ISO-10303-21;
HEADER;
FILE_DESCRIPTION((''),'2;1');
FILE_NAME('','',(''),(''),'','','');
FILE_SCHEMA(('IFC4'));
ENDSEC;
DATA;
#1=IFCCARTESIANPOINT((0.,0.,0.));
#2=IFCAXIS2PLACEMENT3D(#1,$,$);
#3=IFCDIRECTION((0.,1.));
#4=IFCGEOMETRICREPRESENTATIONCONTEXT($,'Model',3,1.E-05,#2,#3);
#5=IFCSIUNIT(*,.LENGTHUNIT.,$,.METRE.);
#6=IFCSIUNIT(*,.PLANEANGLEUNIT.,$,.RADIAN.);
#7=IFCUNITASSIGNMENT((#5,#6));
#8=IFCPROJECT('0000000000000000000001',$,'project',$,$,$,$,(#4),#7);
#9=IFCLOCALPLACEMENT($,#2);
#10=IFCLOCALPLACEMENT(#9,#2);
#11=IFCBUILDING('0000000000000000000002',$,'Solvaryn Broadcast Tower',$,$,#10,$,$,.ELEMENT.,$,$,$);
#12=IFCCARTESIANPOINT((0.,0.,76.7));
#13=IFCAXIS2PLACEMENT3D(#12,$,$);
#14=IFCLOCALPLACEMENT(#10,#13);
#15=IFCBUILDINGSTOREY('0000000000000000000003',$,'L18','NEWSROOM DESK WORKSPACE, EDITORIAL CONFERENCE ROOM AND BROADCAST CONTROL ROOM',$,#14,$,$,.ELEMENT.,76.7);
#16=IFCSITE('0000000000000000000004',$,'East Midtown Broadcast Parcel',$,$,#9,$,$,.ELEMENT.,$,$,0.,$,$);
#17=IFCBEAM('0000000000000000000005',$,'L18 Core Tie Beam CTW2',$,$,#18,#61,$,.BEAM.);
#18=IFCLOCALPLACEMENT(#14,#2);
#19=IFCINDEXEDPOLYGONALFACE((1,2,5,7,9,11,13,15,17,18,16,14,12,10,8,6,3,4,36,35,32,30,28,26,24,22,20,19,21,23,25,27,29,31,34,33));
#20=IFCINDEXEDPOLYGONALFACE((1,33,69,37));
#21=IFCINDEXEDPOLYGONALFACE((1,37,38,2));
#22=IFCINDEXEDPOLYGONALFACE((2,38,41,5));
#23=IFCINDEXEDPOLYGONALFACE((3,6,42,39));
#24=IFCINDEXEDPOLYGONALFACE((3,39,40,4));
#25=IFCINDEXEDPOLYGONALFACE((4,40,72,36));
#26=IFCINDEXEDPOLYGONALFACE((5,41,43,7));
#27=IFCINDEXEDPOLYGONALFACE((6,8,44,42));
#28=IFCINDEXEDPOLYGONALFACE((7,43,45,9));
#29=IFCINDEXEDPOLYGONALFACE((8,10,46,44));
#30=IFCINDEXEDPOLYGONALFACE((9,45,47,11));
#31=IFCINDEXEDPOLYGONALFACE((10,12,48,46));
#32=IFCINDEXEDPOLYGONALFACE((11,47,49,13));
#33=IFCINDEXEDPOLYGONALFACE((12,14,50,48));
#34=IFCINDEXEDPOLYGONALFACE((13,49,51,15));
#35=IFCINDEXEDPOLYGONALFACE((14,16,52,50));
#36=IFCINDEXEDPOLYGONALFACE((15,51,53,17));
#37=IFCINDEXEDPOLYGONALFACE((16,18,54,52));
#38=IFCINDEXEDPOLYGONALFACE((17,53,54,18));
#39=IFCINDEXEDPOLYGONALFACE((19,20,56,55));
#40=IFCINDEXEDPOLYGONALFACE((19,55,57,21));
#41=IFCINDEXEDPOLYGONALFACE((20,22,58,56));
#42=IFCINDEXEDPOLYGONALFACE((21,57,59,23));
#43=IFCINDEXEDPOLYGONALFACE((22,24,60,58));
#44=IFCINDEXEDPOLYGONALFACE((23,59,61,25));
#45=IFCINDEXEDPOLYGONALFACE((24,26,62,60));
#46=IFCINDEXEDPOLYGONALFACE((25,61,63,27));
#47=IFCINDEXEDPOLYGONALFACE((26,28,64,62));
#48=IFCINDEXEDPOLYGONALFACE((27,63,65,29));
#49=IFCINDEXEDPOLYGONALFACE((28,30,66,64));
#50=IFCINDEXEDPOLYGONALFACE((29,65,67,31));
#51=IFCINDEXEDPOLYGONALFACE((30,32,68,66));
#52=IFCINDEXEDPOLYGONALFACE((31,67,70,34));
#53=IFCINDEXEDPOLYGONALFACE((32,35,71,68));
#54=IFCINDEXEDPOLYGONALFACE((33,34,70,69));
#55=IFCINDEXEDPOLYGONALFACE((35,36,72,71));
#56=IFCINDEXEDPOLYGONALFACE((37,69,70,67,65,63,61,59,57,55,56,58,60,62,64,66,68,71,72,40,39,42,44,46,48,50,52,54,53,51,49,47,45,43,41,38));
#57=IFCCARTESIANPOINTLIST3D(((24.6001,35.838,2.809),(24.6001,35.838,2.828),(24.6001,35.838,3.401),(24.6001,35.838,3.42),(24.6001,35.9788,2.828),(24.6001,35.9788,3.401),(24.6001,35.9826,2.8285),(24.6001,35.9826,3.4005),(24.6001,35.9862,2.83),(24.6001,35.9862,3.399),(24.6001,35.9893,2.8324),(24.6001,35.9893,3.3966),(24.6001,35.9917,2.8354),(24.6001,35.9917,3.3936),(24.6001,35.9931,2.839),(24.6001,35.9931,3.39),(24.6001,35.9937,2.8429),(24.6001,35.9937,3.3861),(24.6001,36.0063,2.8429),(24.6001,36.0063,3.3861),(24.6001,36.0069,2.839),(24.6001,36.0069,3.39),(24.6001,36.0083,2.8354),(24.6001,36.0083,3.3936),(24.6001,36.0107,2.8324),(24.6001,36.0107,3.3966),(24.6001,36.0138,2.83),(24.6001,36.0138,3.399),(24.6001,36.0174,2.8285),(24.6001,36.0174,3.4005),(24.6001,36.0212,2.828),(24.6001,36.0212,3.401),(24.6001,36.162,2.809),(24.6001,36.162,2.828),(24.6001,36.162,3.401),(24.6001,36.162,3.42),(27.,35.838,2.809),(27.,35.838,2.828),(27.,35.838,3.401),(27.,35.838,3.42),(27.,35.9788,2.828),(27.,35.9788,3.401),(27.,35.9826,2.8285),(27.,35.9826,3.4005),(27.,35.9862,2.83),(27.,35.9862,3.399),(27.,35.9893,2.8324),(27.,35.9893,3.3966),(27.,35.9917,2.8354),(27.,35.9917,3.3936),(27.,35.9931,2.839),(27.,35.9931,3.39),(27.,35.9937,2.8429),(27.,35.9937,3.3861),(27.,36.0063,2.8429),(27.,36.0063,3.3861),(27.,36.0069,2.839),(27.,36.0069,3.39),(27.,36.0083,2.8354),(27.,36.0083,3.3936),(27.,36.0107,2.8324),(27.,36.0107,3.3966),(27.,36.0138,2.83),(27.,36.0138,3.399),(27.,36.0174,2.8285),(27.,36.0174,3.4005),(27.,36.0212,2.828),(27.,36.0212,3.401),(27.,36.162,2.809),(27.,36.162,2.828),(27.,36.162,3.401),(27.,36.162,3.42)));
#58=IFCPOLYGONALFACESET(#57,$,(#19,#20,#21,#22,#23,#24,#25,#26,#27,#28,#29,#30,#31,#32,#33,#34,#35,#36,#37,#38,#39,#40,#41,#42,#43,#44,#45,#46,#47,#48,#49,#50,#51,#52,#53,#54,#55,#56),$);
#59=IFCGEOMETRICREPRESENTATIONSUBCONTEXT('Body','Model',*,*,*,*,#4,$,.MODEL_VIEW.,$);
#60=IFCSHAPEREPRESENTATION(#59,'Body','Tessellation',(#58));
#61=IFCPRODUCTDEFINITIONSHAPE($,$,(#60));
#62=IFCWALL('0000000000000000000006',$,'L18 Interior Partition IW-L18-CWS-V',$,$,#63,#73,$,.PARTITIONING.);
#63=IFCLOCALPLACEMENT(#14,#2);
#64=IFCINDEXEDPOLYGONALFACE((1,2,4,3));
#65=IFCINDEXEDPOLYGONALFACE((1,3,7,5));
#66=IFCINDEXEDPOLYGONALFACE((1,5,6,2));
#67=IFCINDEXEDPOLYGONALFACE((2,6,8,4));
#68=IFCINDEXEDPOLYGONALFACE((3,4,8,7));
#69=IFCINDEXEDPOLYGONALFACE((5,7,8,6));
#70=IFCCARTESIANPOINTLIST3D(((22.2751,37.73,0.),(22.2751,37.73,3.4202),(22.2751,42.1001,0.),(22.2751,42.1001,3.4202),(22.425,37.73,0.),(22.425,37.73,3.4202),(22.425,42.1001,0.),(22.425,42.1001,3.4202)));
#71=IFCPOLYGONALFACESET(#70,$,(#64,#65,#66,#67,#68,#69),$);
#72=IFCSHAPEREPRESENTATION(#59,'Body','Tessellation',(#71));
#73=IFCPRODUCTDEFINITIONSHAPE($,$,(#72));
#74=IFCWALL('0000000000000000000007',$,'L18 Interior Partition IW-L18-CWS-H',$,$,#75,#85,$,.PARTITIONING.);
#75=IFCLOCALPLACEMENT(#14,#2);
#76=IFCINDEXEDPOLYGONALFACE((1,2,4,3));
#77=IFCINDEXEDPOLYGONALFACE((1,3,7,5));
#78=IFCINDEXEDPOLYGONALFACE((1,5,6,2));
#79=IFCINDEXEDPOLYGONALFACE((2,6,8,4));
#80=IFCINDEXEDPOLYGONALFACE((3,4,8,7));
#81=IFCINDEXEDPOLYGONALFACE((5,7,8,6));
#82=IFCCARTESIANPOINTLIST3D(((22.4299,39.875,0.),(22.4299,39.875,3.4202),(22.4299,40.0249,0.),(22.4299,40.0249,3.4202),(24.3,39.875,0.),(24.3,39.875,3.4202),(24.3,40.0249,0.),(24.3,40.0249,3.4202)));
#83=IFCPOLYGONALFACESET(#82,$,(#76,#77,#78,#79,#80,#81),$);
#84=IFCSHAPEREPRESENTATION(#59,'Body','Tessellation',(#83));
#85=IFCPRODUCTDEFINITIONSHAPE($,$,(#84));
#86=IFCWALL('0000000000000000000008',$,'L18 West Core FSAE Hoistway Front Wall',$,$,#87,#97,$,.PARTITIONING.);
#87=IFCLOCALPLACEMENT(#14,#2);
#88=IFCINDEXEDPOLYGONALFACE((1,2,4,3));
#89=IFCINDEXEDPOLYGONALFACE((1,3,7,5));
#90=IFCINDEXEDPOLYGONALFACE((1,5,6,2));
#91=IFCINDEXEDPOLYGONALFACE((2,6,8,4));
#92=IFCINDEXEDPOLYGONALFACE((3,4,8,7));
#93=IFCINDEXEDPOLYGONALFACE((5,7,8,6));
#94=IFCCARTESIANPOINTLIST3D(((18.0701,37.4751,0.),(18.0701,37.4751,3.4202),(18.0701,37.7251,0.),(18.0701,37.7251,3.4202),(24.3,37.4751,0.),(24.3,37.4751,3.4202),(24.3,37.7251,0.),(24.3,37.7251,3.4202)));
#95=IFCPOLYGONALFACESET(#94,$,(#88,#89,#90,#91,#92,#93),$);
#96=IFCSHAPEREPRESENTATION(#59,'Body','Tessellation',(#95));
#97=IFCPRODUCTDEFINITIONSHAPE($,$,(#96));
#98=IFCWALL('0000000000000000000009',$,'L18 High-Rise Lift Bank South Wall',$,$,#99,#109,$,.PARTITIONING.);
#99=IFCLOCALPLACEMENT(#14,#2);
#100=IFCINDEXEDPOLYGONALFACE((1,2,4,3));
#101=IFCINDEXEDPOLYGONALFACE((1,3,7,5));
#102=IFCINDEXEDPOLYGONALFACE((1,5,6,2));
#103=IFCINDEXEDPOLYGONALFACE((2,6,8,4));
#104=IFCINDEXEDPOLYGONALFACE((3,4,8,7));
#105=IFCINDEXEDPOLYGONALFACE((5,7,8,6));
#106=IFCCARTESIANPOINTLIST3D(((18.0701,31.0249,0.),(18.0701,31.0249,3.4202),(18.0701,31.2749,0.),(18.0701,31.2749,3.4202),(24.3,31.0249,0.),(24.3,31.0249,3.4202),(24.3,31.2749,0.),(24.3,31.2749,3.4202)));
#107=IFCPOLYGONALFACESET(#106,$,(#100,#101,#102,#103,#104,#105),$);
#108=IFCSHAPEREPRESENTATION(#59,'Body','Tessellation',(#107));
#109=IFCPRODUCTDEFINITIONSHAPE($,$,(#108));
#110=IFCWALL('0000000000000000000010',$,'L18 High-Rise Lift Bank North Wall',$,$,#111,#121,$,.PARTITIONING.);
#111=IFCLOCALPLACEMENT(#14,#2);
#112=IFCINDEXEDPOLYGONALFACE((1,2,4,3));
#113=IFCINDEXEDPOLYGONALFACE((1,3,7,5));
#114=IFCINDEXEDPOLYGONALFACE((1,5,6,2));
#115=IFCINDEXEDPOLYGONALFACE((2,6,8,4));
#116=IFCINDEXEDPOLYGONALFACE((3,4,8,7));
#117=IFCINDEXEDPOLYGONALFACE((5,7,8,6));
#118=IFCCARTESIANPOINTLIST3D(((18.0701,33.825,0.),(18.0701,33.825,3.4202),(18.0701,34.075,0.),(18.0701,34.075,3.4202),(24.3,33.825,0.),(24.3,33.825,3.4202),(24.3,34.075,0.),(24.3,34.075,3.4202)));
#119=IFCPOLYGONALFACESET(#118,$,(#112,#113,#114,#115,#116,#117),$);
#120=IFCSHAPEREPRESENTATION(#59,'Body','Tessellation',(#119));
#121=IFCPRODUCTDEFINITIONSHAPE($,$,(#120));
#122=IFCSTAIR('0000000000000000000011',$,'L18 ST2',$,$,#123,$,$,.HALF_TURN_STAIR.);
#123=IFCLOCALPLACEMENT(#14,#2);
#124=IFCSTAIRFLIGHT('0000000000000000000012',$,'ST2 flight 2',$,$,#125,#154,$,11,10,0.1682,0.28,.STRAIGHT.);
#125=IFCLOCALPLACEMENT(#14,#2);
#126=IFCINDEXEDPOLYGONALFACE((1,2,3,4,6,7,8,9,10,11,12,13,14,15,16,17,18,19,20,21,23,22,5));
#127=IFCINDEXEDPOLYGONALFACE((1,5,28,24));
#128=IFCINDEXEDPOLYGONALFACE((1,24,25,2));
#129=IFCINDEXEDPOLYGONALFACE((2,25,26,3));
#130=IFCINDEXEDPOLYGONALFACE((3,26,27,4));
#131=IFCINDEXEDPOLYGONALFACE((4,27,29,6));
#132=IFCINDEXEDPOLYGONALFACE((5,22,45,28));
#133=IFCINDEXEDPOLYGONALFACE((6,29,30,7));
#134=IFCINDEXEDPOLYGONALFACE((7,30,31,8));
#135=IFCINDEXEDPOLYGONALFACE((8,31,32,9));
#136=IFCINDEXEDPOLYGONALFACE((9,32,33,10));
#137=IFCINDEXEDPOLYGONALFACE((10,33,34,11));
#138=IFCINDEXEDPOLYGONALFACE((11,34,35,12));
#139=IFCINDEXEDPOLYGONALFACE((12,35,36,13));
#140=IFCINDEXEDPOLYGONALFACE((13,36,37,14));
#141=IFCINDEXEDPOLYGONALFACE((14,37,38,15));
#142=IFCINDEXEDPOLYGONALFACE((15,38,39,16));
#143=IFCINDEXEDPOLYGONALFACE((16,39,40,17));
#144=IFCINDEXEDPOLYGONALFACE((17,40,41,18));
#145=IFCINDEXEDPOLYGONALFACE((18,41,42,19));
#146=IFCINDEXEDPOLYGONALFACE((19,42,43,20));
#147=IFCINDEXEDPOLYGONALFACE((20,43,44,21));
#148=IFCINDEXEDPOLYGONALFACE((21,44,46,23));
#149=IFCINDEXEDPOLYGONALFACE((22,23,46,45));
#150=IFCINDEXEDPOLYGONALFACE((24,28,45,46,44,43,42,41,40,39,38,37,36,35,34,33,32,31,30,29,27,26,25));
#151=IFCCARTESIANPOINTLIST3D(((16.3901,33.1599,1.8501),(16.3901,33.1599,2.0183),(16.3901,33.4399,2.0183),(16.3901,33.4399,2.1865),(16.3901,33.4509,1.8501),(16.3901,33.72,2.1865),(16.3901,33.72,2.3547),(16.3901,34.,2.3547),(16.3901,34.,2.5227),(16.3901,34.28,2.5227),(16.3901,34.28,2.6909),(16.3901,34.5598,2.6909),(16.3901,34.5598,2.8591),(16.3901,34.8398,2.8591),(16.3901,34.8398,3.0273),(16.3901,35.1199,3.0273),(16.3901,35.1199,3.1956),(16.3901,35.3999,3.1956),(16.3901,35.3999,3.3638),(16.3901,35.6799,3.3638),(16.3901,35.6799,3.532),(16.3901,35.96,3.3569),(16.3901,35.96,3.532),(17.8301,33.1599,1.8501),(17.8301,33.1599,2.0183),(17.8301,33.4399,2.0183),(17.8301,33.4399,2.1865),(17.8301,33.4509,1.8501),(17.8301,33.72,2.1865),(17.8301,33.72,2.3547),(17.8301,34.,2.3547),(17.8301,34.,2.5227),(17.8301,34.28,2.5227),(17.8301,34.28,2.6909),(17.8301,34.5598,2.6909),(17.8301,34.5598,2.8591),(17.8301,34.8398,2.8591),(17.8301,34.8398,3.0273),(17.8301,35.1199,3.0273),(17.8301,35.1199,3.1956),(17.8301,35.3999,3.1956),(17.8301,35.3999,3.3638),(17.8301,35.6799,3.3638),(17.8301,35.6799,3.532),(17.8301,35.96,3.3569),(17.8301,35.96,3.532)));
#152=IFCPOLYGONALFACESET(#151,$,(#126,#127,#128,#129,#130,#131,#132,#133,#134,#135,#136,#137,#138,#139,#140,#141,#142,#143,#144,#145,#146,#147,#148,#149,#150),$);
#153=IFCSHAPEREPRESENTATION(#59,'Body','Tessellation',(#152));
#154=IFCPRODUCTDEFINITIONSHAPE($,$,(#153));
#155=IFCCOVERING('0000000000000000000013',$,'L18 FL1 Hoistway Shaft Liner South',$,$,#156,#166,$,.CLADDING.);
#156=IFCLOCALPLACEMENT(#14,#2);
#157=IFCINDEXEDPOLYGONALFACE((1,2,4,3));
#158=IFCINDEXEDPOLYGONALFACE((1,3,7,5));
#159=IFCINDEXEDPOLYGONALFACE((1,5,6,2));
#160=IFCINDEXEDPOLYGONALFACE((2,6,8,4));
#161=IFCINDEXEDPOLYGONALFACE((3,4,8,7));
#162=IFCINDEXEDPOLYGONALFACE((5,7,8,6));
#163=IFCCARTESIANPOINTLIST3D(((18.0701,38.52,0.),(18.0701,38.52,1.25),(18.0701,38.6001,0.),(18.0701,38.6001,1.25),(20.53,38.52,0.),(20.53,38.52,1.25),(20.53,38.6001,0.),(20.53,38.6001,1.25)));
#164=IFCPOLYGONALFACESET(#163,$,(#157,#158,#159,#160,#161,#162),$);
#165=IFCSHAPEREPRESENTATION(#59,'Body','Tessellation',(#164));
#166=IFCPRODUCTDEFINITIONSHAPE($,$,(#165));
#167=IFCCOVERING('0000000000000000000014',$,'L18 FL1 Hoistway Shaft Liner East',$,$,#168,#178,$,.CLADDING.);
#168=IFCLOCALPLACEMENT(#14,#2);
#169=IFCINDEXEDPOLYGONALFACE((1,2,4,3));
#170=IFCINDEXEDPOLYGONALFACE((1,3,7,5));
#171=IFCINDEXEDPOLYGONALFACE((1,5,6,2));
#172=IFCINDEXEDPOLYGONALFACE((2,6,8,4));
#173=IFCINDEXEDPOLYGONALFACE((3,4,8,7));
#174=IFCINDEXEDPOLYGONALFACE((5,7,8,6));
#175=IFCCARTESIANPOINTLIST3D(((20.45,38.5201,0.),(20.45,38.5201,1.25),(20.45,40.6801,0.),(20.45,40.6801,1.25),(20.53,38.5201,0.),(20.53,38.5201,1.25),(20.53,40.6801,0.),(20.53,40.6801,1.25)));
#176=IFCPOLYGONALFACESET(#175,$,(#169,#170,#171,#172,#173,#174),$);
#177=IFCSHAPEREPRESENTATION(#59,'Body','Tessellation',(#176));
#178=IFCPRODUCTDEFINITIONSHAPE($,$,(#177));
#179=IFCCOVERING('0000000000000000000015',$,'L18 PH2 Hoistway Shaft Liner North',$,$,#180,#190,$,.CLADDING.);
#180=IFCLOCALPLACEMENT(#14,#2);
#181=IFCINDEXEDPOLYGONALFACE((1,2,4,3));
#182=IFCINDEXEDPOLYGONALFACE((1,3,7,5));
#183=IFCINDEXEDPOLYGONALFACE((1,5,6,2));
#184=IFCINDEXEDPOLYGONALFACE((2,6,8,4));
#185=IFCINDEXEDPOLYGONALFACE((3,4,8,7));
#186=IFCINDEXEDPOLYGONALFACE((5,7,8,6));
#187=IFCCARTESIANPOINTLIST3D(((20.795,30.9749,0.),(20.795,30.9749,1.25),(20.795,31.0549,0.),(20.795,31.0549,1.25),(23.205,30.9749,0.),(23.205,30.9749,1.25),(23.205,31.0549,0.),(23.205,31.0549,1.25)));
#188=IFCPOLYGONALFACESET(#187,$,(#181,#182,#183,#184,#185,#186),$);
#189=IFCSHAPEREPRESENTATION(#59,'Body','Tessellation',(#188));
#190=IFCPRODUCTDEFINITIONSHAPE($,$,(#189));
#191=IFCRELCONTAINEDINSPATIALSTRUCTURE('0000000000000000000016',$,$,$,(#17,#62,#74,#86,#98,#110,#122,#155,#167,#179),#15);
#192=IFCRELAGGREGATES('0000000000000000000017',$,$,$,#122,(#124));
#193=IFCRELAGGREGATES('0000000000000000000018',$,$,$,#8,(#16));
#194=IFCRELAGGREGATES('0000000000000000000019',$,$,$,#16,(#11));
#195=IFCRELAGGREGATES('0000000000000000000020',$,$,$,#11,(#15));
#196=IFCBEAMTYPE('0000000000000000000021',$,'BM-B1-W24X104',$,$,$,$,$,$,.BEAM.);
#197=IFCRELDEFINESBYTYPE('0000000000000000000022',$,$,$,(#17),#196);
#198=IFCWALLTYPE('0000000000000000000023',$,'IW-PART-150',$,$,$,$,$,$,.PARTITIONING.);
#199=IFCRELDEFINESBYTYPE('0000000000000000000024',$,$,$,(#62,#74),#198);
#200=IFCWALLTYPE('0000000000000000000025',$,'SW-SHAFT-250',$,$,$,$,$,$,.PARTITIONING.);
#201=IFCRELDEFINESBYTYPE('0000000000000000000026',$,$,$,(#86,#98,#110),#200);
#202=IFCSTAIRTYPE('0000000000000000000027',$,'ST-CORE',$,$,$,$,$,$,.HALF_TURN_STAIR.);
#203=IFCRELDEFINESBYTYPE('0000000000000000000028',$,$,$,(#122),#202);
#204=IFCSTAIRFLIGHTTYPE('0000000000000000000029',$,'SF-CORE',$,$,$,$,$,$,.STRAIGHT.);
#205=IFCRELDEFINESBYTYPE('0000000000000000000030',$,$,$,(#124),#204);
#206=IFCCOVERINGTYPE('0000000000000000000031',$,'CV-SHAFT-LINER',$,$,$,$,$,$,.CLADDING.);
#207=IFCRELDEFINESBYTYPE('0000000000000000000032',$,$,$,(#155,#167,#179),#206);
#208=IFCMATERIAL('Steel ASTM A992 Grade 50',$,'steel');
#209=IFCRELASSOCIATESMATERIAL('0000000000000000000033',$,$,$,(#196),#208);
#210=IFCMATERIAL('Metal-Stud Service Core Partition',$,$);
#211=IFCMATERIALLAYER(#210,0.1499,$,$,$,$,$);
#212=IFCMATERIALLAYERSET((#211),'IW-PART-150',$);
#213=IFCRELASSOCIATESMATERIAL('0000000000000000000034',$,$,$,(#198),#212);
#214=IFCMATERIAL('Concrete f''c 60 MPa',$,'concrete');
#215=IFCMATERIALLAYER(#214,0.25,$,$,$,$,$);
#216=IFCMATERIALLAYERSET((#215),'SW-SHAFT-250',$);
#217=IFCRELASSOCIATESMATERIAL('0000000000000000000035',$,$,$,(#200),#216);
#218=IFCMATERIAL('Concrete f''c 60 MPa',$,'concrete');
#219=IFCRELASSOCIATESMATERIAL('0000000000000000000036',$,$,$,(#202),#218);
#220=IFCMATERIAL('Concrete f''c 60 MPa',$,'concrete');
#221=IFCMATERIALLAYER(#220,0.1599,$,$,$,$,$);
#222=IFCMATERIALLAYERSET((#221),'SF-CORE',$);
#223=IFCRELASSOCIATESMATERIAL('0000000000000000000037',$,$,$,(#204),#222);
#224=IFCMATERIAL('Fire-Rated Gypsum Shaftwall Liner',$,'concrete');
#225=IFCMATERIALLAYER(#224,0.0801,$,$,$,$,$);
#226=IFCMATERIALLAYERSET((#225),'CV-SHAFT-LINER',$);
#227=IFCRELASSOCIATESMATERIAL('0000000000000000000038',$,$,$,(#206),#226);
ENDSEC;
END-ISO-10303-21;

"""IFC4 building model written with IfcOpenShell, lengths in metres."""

from ifc_helpers import new_model, si_unit, direction, frame, frame_2d, origin, origin_2d, place, context, subcontext, project, spatial, polyline, rectangle, i_section, outline, extrude, material, layer, layer_set, material_profile, profile_set, type_object, element, aggregate, save


model = new_model("IFC4")

# Units and contexts
model_context = context("Model", 3, precision=1e-05, world=origin(), true_north=direction((0.0, 1.0)))
body_context = subcontext(model_context, "Body", "Model", "MODEL_VIEW")
ifc_project = project(units=[si_unit("LENGTHUNIT", "METRE"), si_unit("PLANEANGLEUNIT", "RADIAN")], contexts=[model_context])

# Site, building, storey
site_placement = place(None, origin())
site = spatial("IfcSite", under=ifc_project, at=site_placement, Name="East Midtown Broadcast Parcel", CompositionType="ELEMENT", RefElevation=0.0)
building_placement = place(site_placement, origin())
building = spatial("IfcBuilding", under=site, at=building_placement, Name="Solvaryn Broadcast Tower", CompositionType="ELEMENT")
storey_placement = place(building_placement, frame((0.0, 0.0, 76.7)))
storey = spatial("IfcBuildingStorey", under=building, at=storey_placement, Name="L18", Description="NEWSROOM DESK WORKSPACE, EDITORIAL CONFERENCE ROOM AND BROADCAST CONTROL ROOM", CompositionType="ELEMENT", Elevation=76.7)

# Beam
ifc_material_1 = material(Name="Steel ASTM A992 Grade 50", Category="steel")
ifc_material_profile = material_profile(ifc_material_1, i_section(OverallWidth=0.324, OverallDepth=0.6111, WebThickness=0.0127, FlangeThickness=0.019, FilletRadius=0.0149, at=origin_2d()))
ifc_profile_set = profile_set([ifc_material_profile], Name="Steel ASTM A992 Grade 50")
beam_type = type_object("IfcBeamType", Name="BM-B1-W24X104", PredefinedType="BEAM", material=ifc_profile_set)
beam_placement = place(storey_placement, frame((24.6001, 36.0, 3.1145), z_axis=(1.0, 0.0, 0.0), x_axis=(0.0, 1.0, 0.0)))
element("IfcBeam", 1, at=beam_placement, inside=storey, type_object=beam_type, Name="L18 Core Tie Beam CTW2", PredefinedType="BEAM", context=body_context, shape_type="SweptSolid", body=[
    extrude(i_section(OverallWidth=0.324, OverallDepth=0.6111, WebThickness=0.0127, FlangeThickness=0.019, FilletRadius=0.0149, at=origin_2d()), origin(), (0.0, 0.0, 1.0), 2.3999),
])

# Walls
ifc_material_2 = material(Name="Metal-Stud Service Core Partition")
ifc_layer_1 = layer(ifc_material_2, 0.1499)
ifc_layer_set_1 = layer_set([ifc_layer_1], Name="IW-PART-150")
wall_type_1 = type_object("IfcWallType", Name="IW-PART-150", PredefinedType="PARTITIONING", material=ifc_layer_set_1)
wall_1_placement = place(storey_placement, frame((22.3501, 37.73, 0.0), z_axis=(0.0, 0.0, 1.0), x_axis=(0.0, 1.0, 0.0)))
element("IfcWall", 2, at=wall_1_placement, inside=storey, type_object=wall_type_1, Name="L18 Interior Partition IW-L18-CWS-V", PredefinedType="PARTITIONING", context=body_context, shape_type="SweptSolid", body=[
    extrude(rectangle(XDim=4.3701, YDim=0.1499, at=frame_2d((2.1851, 0.0))), origin(), (0.0, 0.0, 1.0), 3.4202),
])
wall_2_placement = place(storey_placement, frame((22.4299, 39.95, 0.0), z_axis=(0.0, 0.0, 1.0), x_axis=(1.0, 0.0, 0.0)))
element("IfcWall", 3, at=wall_2_placement, inside=storey, type_object=wall_type_1, Name="L18 Interior Partition IW-L18-CWS-H", PredefinedType="PARTITIONING", context=body_context, shape_type="SweptSolid", body=[
    extrude(rectangle(XDim=1.8701, YDim=0.1499, at=frame_2d((0.9351, 0.0))), origin(), (0.0, 0.0, 1.0), 3.4202),
])
ifc_material_3 = material(Name="Concrete f'c 60 MPa", Category="concrete")
ifc_layer_2 = layer(ifc_material_3, 0.25)
ifc_layer_set_2 = layer_set([ifc_layer_2], Name="SW-SHAFT-250")
wall_type_2 = type_object("IfcWallType", Name="SW-SHAFT-250", PredefinedType="PARTITIONING", material=ifc_layer_set_2)
for number, where, z_axis, x_axis, name in (
    (4, (18.0701, 37.6001, 0.0), (0.0, 0.0, 1.0), (1.0, 0.0, 0.0), "L18 West Core FSAE Hoistway Front Wall"),
    (5, (18.0701, 31.1499, 0.0), (0.0, 0.0, 1.0), (1.0, 0.0, 0.0), "L18 High-Rise Lift Bank South Wall"),
    (6, (24.3, 33.95, 0.0), (0.0, 0.0, 1.0), (-1.0, 0.0, 0.0), "L18 High-Rise Lift Bank North Wall"),
):
    element("IfcWall", number, at=place(storey_placement, frame(where, z_axis=z_axis, x_axis=x_axis)), inside=storey, type_object=wall_type_2, Name=name, PredefinedType="PARTITIONING", context=body_context, shape_type="SweptSolid", body=[
        extrude(rectangle(XDim=6.23, YDim=0.25, at=frame_2d((3.115, 0.0))), origin(), (0.0, 0.0, 1.0), 3.4202),
    ])

# Stair, stair flight
ifc_material_4 = material(Name="Concrete f'c 60 MPa", Category="concrete")
stair_type = type_object("IfcStairType", Name="ST-CORE", PredefinedType="HALF_TURN_STAIR", material=ifc_material_4)
stair_placement = place(storey_placement, origin())
stair = element("IfcStair", 7, at=stair_placement, inside=storey, type_object=stair_type, Name="L18 ST2", PredefinedType="HALF_TURN_STAIR")
ifc_material_5 = material(Name="Concrete f'c 60 MPa", Category="concrete")
ifc_layer_3 = layer(ifc_material_5, 0.1599)
ifc_layer_set_3 = layer_set([ifc_layer_3], Name="SF-CORE")
stair_flight_type = type_object("IfcStairFlightType", Name="SF-CORE", PredefinedType="STRAIGHT", material=ifc_layer_set_3)
stair_flight_placement = place(storey_placement, frame((17.1101, 33.1599, 1.8501), z_axis=(0.0, 0.0, 1.0), x_axis=(0.0, 1.0, 0.0)))
stair_flight = element("IfcStairFlight", 8, at=stair_flight_placement, type_object=stair_flight_type, Name="ST2 flight 2", NumberOfRisers=11, NumberOfTreads=10, PredefinedType="STRAIGHT", RiserHeight=0.1682, TreadLength=0.28, context=body_context, shape_type="SweptSolid", body=[
    extrude(outline(polyline([(0.0, 0.0), (0.0, 0.1682), (0.28, 0.1682), (0.28, 0.3364), (0.5601, 0.3364), (0.5601, 0.5046), (0.8401, 0.5046), (0.8401, 0.6726), (1.1201, 0.6726), (1.1201, 0.8408), (1.3999, 0.8408), (1.3999, 1.009), (1.6799, 1.009), (1.6799, 1.1772), (1.96, 1.1772), (1.96, 1.3455), (2.24, 1.3455), (2.24, 1.5137), (2.52, 1.5137), (2.52, 1.6819), (2.8, 1.6819), (2.8, 1.8501), (2.8, 1.5068), (0.291, 0.0), (0.0, 0.0)])), frame((0.0, 0.72, 0.0), z_axis=(0.0, -1.0, 0.0), x_axis=(1.0, 0.0, 0.0)), (0.0, 0.0, 1.0), 1.4399),
])
aggregate(stair, [stair_flight])

# Coverings
ifc_material_6 = material(Name="Fire-Rated Gypsum Shaftwall Liner", Category="concrete")
ifc_layer_4 = layer(ifc_material_6, 0.0801)
ifc_layer_set_4 = layer_set([ifc_layer_4], Name="CV-SHAFT-LINER")
covering_type = type_object("IfcCoveringType", Name="CV-SHAFT-LINER", PredefinedType="CLADDING", material=ifc_layer_set_4)
covering_1_placement = place(storey_placement, frame((19.3, 38.5601, 0.0), z_axis=(0.0, 0.0, 1.0), x_axis=(1.0, 0.0, 0.0)))
element("IfcCovering", 9, at=covering_1_placement, inside=storey, type_object=covering_type, Name="L18 FL1 Hoistway Shaft Liner South", PredefinedType="CLADDING", context=body_context, shape_type="SweptSolid", body=[
    extrude(rectangle(XDim=2.46, YDim=0.0801, at=origin_2d()), origin(), (0.0, 0.0, 1.0), 1.25),
])
covering_2_placement = place(storey_placement, frame((20.49, 39.6001, 0.0), z_axis=(0.0, 0.0, 1.0), x_axis=(1.0, 0.0, 0.0)))
element("IfcCovering", 10, at=covering_2_placement, inside=storey, type_object=covering_type, Name="L18 FL1 Hoistway Shaft Liner East", PredefinedType="CLADDING", context=body_context, shape_type="SweptSolid", body=[
    extrude(rectangle(XDim=0.0801, YDim=2.1599, at=origin_2d()), origin(), (0.0, 0.0, 1.0), 1.25),
])
for number, where, z_axis, x_axis, name in (
    (11, (22.0, 31.0149, 0.0), (0.0, 0.0, 1.0), (1.0, 0.0, 0.0), "L18 PH2 Hoistway Shaft Liner North"),
):
    element("IfcCovering", number, at=place(storey_placement, frame(where, z_axis=z_axis, x_axis=x_axis)), inside=storey, type_object=covering_type, Name=name, PredefinedType="CLADDING", context=body_context, shape_type="SweptSolid", body=[
        extrude(rectangle(XDim=2.4099, YDim=0.0801, at=origin_2d()), origin(), (0.0, 0.0, 1.0), 1.25),
    ])

save(model, "model.ifc")
